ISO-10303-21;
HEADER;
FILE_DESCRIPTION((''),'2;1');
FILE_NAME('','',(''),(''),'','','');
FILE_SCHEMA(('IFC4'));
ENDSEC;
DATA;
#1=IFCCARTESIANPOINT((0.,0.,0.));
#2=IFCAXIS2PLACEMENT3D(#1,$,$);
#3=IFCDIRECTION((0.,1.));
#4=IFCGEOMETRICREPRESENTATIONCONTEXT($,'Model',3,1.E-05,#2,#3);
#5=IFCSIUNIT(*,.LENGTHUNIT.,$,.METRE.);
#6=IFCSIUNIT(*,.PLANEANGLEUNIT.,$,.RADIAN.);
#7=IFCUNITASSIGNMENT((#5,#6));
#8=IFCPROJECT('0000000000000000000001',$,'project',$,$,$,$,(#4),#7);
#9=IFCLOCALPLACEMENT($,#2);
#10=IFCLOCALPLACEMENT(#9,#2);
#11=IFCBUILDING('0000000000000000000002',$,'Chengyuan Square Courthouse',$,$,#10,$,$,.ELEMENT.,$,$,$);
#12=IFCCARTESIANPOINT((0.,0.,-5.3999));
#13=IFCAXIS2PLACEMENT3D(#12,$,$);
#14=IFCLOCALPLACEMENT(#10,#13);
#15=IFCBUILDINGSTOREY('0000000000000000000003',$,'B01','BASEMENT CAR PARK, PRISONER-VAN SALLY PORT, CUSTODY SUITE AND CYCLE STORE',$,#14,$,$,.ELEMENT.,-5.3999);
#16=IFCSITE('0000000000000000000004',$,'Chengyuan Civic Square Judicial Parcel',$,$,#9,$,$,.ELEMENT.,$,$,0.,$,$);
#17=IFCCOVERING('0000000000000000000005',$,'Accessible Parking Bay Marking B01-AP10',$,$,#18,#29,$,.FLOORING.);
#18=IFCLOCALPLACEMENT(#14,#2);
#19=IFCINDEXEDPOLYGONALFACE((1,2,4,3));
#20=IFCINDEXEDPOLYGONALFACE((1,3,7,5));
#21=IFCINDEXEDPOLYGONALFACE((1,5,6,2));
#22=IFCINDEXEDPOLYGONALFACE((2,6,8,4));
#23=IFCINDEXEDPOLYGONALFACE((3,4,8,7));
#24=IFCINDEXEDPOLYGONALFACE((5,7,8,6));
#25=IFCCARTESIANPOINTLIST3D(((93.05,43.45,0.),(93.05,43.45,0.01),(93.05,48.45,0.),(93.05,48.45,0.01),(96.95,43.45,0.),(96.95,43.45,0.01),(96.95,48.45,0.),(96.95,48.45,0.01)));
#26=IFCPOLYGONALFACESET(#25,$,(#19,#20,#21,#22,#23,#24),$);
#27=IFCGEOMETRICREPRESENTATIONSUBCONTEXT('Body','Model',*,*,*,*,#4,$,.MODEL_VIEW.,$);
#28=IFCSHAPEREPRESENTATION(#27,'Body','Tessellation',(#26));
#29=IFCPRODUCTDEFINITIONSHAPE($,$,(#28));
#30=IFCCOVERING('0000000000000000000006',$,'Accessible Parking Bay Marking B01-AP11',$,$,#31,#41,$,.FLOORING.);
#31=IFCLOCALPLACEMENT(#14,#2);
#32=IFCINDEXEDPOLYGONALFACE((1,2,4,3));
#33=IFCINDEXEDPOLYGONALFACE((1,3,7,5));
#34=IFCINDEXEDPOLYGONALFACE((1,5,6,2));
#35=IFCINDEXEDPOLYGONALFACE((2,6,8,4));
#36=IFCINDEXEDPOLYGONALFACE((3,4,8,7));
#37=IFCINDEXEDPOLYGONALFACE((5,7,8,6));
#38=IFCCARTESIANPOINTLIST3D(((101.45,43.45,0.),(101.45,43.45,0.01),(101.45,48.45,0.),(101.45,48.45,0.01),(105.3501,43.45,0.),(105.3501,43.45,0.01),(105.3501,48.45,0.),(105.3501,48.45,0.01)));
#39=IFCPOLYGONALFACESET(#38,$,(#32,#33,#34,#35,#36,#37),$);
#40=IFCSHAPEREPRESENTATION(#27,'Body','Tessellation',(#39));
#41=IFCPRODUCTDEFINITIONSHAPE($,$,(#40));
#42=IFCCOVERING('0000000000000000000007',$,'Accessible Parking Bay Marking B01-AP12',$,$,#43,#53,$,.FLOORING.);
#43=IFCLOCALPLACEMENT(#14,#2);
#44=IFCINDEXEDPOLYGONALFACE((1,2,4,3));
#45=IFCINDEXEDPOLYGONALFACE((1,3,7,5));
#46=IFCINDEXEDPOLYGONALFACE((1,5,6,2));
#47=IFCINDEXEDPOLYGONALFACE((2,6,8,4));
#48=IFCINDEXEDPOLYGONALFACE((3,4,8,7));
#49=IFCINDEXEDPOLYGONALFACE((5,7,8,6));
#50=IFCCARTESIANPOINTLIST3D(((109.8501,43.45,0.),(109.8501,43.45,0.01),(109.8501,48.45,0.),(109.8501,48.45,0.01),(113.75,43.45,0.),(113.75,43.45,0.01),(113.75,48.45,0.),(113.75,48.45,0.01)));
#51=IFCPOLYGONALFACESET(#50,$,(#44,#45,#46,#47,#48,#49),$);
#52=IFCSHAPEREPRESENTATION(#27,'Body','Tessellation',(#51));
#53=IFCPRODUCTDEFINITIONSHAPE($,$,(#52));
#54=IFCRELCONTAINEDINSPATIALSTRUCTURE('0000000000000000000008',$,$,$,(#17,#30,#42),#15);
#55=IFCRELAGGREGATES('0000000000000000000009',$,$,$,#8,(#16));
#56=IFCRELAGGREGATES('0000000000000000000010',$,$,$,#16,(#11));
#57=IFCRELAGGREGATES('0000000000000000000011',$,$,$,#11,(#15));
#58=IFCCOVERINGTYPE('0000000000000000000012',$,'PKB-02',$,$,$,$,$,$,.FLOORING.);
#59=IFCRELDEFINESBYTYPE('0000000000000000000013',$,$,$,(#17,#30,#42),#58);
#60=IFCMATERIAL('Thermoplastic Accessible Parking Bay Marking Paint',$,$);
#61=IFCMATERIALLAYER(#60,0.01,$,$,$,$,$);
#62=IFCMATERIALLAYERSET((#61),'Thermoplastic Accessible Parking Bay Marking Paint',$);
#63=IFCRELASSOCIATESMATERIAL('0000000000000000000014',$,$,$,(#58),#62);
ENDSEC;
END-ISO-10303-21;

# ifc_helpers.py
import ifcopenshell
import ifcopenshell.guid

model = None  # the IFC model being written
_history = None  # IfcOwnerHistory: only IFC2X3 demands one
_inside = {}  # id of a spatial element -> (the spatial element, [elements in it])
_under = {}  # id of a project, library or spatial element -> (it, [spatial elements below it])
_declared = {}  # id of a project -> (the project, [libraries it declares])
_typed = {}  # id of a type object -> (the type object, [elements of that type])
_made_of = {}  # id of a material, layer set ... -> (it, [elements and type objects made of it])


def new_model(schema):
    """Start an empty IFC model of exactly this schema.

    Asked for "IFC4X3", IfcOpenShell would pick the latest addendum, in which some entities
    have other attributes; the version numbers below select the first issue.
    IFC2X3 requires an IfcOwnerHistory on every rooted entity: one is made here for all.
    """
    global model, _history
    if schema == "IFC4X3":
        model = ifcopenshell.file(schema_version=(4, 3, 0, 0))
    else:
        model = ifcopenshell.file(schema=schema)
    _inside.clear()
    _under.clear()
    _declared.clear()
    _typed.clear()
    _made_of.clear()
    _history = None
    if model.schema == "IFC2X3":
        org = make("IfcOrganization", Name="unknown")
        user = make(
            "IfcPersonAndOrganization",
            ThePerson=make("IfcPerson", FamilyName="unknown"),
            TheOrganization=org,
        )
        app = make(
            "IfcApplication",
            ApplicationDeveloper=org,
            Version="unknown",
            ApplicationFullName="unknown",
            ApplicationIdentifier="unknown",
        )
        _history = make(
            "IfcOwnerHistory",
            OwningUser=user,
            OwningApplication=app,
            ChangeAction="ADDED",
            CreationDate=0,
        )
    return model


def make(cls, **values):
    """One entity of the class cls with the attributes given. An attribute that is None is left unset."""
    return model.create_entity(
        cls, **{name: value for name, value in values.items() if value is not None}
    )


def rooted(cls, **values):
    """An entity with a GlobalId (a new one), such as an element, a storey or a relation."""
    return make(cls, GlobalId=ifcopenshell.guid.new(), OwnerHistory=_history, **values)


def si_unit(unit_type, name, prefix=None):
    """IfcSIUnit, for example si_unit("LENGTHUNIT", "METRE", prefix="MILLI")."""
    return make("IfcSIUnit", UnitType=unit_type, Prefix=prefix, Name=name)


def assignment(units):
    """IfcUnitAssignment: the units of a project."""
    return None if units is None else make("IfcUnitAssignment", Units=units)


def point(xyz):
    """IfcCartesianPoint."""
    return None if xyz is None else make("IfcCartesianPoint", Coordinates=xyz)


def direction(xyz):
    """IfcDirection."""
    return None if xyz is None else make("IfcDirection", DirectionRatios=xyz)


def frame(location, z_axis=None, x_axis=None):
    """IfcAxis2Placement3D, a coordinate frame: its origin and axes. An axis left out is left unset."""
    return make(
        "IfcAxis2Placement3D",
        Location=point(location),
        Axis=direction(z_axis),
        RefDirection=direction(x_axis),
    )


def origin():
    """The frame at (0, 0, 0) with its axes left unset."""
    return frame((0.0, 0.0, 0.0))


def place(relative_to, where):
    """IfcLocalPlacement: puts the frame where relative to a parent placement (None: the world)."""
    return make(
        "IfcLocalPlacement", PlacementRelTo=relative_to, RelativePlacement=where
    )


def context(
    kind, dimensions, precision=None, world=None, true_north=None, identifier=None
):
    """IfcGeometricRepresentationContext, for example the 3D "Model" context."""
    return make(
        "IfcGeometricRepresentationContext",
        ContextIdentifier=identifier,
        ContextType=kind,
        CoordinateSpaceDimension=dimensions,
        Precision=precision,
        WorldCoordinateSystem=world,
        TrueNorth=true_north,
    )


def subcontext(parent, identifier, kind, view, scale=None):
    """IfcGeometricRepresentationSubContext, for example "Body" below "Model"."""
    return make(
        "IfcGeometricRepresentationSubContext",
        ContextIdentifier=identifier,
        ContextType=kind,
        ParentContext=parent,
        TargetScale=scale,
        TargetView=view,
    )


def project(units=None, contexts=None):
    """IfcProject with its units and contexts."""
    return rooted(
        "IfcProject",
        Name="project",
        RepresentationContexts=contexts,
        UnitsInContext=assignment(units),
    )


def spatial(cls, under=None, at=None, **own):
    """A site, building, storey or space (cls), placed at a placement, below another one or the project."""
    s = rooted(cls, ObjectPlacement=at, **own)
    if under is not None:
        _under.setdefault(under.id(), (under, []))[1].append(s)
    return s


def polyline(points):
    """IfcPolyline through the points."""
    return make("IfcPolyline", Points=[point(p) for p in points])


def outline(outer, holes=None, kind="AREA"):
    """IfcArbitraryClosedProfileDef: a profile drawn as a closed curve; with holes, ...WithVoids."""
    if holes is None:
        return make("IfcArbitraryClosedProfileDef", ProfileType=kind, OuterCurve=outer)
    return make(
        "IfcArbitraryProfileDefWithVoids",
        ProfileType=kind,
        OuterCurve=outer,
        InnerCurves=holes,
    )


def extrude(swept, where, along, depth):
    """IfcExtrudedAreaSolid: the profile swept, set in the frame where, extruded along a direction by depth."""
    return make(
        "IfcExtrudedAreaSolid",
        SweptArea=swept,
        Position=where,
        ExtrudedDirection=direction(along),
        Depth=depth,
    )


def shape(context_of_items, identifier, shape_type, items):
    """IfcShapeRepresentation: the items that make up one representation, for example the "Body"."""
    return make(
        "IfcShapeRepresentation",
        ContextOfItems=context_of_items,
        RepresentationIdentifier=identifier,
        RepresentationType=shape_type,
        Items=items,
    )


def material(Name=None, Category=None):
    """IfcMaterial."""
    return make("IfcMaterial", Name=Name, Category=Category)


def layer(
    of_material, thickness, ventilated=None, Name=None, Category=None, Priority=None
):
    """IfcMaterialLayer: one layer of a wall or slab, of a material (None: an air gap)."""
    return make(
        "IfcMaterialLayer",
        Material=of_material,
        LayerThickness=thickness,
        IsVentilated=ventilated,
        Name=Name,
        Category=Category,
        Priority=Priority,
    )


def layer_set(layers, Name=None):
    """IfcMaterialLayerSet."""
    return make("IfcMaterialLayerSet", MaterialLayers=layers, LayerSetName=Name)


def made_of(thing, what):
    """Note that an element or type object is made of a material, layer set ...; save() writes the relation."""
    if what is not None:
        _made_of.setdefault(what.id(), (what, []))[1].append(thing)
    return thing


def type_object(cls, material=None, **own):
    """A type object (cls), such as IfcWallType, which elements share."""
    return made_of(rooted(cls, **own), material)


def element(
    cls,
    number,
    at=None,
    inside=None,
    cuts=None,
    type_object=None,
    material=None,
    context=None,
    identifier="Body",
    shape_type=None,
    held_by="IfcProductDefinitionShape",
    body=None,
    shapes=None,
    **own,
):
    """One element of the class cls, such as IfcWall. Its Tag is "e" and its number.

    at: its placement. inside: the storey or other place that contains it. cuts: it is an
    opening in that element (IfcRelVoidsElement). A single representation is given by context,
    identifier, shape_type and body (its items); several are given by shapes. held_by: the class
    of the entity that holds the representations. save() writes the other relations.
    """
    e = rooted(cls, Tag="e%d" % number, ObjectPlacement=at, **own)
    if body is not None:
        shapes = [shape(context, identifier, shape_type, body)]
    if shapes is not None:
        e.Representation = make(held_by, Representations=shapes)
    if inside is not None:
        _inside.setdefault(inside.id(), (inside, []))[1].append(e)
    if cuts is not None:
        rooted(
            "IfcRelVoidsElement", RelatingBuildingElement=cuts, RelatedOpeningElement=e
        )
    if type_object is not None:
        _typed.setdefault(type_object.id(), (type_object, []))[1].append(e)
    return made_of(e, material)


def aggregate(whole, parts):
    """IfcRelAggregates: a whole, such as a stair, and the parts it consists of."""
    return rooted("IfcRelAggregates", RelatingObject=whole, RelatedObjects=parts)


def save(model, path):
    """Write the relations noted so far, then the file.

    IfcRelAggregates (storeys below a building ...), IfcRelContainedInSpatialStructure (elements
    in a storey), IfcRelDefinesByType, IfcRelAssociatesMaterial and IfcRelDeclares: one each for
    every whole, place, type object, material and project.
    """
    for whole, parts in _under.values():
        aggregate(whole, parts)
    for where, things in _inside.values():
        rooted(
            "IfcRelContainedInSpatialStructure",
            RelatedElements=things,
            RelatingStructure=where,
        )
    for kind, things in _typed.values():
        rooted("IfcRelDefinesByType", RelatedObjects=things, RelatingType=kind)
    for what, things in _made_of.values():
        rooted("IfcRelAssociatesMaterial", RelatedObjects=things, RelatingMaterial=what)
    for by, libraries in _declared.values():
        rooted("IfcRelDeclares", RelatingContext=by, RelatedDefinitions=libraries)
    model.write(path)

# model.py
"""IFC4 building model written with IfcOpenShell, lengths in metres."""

from ifc_helpers import new_model, si_unit, direction, frame, origin, place, context, subcontext, project, spatial, polyline, outline, extrude, material, layer, layer_set, type_object, element, save


model = new_model("IFC4")

# Units and contexts
model_context = context("Model", 3, precision=1e-05, world=origin(), true_north=direction((0.0, 1.0)))
body_context = subcontext(model_context, "Body", "Model", "MODEL_VIEW")
ifc_project = project(units=[si_unit("LENGTHUNIT", "METRE"), si_unit("PLANEANGLEUNIT", "RADIAN")], contexts=[model_context])

# Site, building, storey
site_placement = place(None, origin())
site = spatial("IfcSite", under=ifc_project, at=site_placement, Name="Chengyuan Civic Square Judicial Parcel", CompositionType="ELEMENT", RefElevation=0.0)
building_placement = place(site_placement, origin())
building = spatial("IfcBuilding", under=site, at=building_placement, Name="Chengyuan Square Courthouse", CompositionType="ELEMENT")
storey_placement = place(building_placement, frame((0.0, 0.0, -5.3999)))
storey = spatial("IfcBuildingStorey", under=building, at=storey_placement, Name="B01", Description="BASEMENT CAR PARK, PRISONER-VAN SALLY PORT, CUSTODY SUITE AND CYCLE STORE", CompositionType="ELEMENT", Elevation=-5.3999)

# Coverings
ifc_material_1 = material(Name="Thermoplastic Accessible Parking Bay Marking Paint")
ifc_layer_1 = layer(ifc_material_1, 0.01)
ifc_layer_set_1 = layer_set([ifc_layer_1], Name="Thermoplastic Accessible Parking Bay Marking Paint")
covering_type_1 = type_object("IfcCoveringType", Name="PKB-02", PredefinedType="FLOORING", material=ifc_layer_set_1)
covering_1_placement = place(storey_placement, origin())
element("IfcCovering", 1, at=covering_1_placement, inside=storey, type_object=covering_type_1, Name="Accessible Parking Bay Marking B01-AP10", PredefinedType="FLOORING", context=body_context, shape_type="SweptSolid", body=[
    extrude(outline(polyline([(93.05, 43.45), (96.95, 43.45), (96.95, 48.45), (93.05, 48.45), (93.05, 43.45)])), origin(), (0.0, 0.0, 1.0), 0.01),
])
covering_2_placement = place(storey_placement, origin())
element("IfcCovering", 2, at=covering_2_placement, inside=storey, type_object=covering_type_1, Name="Accessible Parking Bay Marking B01-AP11", PredefinedType="FLOORING", context=body_context, shape_type="SweptSolid", body=[
    extrude(outline(polyline([(101.45, 43.45), (105.3501, 43.45), (105.3501, 48.45), (101.45, 48.45), (101.45, 43.45)])), origin(), (0.0, 0.0, 1.0), 0.01),
])
covering_3_placement = place(storey_placement, origin())
element("IfcCovering", 3, at=covering_3_placement, inside=storey, type_object=covering_type_1, Name="Accessible Parking Bay Marking B01-AP12", PredefinedType="FLOORING", context=body_context, shape_type="SweptSolid", body=[
    extrude(outline(polyline([(109.8501, 43.45), (113.75, 43.45), (113.75, 48.45), (109.8501, 48.45), (109.8501, 43.45)])), origin(), (0.0, 0.0, 1.0), 0.01),
])

save(model, "model.ifc")
